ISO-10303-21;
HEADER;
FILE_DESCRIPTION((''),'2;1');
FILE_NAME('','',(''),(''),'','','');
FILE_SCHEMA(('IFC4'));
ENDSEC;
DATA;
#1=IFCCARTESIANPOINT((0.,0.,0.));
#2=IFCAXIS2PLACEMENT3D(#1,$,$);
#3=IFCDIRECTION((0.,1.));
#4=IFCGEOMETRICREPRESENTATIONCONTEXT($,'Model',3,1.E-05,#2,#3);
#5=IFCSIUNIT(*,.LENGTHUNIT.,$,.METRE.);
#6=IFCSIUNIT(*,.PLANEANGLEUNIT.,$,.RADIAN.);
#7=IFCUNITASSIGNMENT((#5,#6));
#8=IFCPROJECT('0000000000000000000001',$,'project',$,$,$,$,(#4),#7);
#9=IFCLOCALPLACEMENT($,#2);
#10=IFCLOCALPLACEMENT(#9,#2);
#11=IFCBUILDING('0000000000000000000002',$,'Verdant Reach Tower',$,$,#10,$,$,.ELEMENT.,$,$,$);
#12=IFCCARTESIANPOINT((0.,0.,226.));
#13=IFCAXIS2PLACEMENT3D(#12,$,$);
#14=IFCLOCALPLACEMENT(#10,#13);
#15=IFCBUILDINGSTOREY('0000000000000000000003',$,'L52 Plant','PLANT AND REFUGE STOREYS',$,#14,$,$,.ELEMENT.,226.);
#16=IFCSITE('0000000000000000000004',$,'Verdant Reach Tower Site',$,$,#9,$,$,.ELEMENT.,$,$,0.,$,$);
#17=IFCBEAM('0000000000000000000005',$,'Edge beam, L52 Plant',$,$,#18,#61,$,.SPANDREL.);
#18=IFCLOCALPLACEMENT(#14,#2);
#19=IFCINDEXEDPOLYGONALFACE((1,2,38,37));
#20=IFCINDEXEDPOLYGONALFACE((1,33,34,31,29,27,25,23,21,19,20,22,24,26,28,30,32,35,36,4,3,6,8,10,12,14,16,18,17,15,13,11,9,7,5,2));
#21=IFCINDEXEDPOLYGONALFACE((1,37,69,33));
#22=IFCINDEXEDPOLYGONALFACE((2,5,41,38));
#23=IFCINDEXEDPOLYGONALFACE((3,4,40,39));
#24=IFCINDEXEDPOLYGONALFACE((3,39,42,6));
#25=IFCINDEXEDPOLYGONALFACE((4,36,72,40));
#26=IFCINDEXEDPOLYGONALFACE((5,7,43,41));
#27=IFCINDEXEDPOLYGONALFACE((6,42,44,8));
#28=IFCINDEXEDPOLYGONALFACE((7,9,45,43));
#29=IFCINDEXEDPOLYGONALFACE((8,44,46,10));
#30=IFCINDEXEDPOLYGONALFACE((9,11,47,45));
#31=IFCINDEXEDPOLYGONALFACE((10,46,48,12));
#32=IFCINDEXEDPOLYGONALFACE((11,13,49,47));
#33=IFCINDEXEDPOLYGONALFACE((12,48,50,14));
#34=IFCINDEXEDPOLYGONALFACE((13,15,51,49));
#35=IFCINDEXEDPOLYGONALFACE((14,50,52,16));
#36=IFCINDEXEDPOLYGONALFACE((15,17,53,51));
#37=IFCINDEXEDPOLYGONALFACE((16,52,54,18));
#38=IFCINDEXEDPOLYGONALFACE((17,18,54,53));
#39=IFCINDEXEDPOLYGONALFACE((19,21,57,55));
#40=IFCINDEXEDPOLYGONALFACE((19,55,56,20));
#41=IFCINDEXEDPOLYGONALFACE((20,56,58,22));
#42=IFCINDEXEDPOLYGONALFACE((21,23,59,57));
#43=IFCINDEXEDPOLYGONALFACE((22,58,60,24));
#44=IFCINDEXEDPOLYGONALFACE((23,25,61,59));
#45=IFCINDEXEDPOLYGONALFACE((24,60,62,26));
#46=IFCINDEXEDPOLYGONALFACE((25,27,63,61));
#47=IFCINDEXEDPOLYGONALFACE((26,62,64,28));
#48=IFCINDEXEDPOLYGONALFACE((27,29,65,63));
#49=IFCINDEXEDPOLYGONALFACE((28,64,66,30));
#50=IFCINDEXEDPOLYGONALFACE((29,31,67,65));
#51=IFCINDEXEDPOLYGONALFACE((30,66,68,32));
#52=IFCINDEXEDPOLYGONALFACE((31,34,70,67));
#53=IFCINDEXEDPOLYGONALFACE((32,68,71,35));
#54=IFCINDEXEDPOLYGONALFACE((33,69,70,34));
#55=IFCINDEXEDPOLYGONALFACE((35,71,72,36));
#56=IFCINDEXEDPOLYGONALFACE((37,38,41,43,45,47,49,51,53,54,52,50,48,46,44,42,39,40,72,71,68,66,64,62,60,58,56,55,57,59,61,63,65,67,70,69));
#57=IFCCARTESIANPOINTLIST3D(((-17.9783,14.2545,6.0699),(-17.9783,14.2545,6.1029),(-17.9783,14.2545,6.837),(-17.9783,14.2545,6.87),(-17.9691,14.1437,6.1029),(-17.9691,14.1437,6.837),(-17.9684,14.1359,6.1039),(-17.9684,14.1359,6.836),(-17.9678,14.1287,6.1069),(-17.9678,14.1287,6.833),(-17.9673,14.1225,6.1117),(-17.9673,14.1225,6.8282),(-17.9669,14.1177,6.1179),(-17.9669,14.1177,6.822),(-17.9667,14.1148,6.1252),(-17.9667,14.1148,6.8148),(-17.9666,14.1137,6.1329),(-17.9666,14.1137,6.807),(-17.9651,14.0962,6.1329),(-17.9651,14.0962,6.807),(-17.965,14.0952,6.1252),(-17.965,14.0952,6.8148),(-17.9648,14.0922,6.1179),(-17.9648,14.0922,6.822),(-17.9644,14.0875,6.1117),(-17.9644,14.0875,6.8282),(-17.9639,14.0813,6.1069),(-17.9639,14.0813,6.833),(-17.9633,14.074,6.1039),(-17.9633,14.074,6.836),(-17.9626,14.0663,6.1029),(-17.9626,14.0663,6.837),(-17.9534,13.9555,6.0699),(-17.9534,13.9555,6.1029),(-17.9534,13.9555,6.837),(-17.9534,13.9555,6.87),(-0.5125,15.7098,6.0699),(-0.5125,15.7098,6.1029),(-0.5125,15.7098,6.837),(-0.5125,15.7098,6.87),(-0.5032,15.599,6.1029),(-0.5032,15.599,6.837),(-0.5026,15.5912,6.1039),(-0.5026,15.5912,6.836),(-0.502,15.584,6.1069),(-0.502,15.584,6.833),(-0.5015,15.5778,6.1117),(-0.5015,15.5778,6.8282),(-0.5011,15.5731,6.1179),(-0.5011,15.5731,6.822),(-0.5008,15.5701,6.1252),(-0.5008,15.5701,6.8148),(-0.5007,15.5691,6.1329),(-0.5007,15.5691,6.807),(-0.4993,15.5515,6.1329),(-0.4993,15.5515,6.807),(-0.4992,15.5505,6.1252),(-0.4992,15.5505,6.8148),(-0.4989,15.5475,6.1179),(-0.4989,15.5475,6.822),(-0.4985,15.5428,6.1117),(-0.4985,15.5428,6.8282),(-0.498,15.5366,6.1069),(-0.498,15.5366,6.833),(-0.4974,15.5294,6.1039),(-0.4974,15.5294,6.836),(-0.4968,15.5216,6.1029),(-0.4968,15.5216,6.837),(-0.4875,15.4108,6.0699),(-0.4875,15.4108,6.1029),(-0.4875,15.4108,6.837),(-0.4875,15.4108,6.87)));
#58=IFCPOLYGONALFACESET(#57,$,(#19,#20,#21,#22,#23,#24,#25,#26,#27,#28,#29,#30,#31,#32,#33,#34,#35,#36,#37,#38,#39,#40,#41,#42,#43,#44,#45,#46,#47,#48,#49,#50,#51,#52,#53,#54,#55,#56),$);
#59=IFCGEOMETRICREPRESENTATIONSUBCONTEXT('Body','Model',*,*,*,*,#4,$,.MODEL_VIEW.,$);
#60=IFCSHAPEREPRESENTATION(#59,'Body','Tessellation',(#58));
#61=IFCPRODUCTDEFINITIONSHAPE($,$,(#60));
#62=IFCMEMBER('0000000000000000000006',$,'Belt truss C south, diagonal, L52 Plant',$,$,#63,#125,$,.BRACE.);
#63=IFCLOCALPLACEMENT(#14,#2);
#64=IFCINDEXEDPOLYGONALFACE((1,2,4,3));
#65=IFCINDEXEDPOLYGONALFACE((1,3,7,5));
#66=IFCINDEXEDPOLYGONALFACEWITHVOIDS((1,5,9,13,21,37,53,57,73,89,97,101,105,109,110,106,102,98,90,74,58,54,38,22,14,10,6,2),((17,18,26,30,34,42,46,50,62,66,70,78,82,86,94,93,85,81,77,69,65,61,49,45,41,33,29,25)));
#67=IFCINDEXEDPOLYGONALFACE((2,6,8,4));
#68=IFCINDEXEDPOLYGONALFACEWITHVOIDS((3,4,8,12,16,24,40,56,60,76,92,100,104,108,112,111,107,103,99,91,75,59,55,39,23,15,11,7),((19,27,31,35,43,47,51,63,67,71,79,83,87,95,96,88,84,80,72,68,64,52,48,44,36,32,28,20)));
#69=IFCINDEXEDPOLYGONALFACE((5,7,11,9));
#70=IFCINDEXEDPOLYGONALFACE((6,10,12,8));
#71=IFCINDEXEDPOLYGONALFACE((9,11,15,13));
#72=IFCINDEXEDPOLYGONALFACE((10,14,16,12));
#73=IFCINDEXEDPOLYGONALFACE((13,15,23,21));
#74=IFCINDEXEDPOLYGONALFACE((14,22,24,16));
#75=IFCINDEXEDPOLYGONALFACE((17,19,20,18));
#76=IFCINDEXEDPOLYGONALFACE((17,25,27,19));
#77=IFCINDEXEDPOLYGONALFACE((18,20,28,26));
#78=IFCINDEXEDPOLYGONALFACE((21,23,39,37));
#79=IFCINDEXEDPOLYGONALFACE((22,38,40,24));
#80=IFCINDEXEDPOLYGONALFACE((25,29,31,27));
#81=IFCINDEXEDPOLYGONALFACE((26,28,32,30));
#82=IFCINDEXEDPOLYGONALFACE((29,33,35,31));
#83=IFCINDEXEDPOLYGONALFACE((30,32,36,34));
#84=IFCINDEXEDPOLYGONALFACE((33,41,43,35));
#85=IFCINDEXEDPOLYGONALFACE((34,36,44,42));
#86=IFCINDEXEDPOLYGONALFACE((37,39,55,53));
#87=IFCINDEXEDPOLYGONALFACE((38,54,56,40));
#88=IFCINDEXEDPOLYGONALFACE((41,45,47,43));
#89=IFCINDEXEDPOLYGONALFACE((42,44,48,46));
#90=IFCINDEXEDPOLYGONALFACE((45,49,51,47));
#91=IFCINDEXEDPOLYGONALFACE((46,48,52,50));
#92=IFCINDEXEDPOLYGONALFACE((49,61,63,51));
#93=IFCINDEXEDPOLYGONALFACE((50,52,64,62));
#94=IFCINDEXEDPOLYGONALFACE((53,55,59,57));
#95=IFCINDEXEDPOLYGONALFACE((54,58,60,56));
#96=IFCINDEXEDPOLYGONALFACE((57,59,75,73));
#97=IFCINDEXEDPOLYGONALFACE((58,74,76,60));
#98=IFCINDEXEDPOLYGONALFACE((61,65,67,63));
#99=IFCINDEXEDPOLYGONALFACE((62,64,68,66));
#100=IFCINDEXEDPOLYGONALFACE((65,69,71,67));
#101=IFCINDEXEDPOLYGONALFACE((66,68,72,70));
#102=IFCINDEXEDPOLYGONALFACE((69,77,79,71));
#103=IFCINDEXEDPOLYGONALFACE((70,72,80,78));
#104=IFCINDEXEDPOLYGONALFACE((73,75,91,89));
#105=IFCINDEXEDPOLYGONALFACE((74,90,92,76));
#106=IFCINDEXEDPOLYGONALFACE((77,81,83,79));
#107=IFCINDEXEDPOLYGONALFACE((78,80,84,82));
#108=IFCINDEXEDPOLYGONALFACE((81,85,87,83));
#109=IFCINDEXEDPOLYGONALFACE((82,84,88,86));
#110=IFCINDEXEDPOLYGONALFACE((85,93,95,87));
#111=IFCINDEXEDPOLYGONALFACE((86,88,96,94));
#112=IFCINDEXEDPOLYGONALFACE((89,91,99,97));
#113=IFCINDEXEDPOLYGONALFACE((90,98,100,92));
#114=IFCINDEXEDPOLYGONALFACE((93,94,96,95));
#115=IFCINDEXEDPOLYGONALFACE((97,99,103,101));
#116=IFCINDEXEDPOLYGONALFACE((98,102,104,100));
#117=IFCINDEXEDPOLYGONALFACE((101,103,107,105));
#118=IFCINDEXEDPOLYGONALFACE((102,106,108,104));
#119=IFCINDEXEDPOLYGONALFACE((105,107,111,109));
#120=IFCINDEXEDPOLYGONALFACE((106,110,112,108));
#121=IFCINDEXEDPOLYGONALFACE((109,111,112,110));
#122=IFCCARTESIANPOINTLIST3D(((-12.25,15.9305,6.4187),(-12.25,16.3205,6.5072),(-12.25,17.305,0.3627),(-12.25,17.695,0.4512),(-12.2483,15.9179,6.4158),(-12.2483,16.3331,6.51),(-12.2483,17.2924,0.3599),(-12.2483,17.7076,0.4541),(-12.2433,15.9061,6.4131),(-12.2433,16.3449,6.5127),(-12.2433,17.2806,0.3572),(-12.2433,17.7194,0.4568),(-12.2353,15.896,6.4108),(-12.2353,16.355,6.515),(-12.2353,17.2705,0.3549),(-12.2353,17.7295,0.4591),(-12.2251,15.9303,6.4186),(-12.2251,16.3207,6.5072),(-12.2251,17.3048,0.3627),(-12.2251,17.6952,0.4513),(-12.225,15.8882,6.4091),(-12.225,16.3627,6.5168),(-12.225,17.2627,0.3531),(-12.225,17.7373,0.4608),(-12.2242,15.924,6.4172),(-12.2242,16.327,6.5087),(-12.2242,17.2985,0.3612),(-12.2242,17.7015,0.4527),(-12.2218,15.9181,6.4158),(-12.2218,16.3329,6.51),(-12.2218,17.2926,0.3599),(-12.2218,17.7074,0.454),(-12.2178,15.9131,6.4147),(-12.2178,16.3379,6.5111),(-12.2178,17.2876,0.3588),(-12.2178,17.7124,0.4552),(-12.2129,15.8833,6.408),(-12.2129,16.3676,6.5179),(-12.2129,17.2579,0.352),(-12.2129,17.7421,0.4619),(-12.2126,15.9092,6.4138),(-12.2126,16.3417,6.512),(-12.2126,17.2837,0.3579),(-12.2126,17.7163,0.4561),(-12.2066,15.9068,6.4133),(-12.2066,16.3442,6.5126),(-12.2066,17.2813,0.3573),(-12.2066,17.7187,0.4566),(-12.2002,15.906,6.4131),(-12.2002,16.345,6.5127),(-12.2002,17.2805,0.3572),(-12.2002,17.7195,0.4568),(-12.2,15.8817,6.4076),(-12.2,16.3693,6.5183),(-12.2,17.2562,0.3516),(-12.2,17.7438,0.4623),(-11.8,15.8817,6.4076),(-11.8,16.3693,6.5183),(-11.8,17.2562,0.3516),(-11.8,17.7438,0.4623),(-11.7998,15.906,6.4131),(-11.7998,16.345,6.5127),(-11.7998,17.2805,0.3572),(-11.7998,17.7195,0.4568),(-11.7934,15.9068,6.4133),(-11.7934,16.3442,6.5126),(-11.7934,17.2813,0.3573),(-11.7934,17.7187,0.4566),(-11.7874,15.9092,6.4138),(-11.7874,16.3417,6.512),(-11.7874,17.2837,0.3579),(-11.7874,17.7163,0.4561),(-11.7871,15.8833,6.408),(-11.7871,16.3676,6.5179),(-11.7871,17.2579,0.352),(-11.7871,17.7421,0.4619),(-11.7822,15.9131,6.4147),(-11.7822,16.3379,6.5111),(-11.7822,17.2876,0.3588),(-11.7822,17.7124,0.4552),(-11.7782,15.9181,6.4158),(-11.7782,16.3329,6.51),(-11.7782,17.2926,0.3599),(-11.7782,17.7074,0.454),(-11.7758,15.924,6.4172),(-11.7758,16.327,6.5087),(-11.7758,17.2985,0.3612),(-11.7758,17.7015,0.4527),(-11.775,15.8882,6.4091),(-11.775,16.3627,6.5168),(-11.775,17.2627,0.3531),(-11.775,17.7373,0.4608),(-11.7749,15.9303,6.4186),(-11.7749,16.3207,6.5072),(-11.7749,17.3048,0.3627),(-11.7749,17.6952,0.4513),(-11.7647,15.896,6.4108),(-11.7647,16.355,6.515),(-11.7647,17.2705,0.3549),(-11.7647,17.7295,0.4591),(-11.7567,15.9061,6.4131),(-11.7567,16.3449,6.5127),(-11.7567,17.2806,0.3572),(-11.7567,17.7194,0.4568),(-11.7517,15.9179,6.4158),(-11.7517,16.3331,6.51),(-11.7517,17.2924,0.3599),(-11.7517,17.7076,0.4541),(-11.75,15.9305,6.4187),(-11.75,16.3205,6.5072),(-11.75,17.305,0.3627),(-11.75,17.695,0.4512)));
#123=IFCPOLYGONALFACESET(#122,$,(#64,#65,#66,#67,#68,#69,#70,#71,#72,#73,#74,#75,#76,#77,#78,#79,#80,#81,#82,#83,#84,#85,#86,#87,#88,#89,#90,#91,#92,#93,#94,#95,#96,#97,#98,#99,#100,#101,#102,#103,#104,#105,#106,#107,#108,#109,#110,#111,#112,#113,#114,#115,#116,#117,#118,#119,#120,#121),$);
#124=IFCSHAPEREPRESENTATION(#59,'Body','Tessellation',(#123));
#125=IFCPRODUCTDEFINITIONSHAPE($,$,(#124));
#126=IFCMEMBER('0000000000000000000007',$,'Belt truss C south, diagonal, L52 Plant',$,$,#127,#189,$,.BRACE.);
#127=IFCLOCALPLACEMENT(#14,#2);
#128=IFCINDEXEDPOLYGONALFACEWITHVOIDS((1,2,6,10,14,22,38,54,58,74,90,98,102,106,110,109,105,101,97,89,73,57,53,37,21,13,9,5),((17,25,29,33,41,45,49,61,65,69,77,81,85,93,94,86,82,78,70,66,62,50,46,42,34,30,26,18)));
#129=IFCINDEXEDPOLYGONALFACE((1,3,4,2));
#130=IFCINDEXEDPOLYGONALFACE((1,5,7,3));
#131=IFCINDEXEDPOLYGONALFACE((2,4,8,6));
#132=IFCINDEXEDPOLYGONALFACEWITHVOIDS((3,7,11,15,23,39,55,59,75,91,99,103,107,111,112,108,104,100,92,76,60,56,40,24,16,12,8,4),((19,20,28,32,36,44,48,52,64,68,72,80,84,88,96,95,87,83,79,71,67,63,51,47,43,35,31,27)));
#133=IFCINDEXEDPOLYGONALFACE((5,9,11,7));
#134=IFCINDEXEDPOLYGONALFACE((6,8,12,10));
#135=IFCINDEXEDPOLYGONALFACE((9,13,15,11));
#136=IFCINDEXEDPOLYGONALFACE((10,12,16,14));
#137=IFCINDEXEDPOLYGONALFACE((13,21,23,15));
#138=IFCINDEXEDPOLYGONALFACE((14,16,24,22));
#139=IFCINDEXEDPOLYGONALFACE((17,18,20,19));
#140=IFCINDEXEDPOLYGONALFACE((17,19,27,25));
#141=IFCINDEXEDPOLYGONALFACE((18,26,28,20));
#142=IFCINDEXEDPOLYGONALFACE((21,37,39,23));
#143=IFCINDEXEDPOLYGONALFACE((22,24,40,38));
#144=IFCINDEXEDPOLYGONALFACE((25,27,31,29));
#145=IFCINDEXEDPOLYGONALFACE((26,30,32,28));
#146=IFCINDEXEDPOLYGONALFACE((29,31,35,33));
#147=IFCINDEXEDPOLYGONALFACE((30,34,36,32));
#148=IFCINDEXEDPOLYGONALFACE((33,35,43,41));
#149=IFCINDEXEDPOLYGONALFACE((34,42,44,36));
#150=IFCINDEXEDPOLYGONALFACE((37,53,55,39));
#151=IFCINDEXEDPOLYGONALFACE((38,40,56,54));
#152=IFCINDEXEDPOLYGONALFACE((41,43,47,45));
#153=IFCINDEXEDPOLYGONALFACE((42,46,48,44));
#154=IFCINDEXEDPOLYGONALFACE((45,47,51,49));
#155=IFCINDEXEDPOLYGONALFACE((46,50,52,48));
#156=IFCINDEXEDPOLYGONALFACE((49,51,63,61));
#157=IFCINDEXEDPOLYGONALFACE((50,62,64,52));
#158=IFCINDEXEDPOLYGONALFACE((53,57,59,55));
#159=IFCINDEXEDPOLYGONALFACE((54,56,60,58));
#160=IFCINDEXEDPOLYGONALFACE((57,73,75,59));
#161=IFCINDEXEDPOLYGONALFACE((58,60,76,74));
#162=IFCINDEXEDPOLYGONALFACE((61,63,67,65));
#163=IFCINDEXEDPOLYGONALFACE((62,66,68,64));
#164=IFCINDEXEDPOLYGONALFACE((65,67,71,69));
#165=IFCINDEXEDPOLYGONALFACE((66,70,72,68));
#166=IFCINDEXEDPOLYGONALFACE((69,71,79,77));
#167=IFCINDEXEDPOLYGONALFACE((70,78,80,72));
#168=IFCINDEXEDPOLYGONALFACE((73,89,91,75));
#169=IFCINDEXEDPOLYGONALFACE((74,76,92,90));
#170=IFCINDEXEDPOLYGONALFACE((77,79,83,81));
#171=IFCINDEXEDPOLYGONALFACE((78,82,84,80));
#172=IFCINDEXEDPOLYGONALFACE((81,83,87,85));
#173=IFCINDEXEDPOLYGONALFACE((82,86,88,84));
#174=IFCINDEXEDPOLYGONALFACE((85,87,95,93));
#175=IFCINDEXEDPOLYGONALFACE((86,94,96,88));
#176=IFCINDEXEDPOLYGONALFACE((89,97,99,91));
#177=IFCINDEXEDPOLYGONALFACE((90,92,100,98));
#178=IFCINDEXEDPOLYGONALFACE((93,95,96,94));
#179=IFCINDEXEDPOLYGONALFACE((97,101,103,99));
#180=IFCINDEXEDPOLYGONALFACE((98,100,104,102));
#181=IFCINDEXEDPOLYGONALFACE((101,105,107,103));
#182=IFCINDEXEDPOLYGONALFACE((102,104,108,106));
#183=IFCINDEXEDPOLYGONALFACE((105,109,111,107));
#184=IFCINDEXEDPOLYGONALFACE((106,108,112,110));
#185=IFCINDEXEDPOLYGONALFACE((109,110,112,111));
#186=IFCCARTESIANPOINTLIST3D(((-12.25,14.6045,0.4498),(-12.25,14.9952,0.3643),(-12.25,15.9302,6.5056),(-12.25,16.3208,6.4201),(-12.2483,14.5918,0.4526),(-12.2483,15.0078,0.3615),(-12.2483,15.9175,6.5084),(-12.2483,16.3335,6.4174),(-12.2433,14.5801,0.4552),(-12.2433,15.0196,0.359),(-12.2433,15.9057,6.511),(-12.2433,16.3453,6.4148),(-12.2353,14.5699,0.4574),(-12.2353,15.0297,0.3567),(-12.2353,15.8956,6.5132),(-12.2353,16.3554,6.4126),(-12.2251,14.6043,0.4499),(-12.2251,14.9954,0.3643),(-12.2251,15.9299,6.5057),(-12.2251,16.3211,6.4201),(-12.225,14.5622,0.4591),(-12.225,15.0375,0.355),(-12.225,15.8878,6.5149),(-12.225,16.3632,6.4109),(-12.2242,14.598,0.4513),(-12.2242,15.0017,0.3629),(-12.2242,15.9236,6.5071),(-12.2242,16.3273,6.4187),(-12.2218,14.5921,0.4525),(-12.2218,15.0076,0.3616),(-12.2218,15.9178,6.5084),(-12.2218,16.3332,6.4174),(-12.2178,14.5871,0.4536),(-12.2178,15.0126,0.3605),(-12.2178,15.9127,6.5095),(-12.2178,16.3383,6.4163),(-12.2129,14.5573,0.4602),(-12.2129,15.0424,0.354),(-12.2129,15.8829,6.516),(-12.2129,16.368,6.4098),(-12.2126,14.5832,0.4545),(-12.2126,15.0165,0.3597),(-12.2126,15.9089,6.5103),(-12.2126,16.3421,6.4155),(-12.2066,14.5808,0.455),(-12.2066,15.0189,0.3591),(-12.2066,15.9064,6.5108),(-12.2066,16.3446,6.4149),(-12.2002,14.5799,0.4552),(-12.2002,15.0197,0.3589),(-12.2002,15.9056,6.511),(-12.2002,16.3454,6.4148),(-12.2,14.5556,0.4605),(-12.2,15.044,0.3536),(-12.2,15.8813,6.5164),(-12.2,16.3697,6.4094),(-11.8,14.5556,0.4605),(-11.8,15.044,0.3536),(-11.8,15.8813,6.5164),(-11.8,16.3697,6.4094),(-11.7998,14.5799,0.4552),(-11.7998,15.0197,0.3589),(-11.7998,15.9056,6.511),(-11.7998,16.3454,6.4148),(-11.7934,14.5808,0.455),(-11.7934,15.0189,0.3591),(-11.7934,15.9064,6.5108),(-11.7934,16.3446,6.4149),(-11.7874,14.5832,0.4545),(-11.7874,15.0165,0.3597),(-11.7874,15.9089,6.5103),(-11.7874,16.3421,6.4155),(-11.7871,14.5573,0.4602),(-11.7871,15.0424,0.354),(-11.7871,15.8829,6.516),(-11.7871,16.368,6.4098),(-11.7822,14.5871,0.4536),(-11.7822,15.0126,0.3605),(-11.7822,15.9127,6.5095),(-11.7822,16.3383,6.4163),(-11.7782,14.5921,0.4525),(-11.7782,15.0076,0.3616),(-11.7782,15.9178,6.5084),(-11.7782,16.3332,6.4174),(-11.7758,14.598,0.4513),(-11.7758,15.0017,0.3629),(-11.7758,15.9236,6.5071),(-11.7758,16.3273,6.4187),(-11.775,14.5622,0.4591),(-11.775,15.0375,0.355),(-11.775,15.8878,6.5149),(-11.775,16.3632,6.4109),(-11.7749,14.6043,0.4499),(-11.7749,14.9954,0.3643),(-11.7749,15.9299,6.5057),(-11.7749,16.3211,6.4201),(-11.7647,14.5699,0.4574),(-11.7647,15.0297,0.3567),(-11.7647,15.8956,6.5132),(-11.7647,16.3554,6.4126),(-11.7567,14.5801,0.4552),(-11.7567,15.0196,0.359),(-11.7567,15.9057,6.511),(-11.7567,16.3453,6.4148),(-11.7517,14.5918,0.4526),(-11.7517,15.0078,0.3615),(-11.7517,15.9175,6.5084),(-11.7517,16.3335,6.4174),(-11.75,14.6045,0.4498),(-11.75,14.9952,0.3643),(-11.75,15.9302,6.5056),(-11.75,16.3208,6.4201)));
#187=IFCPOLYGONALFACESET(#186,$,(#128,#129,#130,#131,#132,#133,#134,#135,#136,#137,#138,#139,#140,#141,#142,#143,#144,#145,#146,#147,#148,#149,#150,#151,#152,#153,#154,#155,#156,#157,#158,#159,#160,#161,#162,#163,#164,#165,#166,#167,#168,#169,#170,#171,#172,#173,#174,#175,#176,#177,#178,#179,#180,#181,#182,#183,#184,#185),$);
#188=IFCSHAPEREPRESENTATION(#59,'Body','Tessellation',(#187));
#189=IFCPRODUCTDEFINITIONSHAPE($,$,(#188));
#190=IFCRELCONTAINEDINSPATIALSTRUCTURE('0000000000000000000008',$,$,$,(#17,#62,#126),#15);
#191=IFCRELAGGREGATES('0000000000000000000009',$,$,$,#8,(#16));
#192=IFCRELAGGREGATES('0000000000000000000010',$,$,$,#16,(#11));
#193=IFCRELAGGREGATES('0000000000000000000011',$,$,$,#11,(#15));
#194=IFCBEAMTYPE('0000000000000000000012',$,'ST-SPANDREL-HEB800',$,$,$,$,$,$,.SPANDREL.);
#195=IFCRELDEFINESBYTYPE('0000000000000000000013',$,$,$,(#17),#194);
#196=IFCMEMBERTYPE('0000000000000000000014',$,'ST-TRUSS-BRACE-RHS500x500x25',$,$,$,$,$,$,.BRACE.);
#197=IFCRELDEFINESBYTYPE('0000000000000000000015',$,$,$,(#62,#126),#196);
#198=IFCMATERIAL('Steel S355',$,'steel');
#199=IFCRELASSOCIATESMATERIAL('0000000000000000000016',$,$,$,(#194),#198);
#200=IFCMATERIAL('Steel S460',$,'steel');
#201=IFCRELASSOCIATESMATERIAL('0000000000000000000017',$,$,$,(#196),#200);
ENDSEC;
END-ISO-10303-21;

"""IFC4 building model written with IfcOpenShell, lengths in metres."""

from ifc_helpers import new_model, si_unit, direction, frame, origin, origin_2d, place, context, subcontext, project, spatial, hollow_rectangle, i_section, extrude, material, material_profile, profile_set, type_object, element, save


model = new_model("IFC4")

# Units and contexts
model_context = context("Model", 3, precision=1e-05, world=origin(), true_north=direction((0.0, 1.0)))
body_context = subcontext(model_context, "Body", "Model", "MODEL_VIEW")
ifc_project = project(units=[si_unit("LENGTHUNIT", "METRE"), si_unit("PLANEANGLEUNIT", "RADIAN")], contexts=[model_context])

# Site, building, storey
site_placement = place(None, origin())
site = spatial("IfcSite", under=ifc_project, at=site_placement, Name="Verdant Reach Tower Site", CompositionType="ELEMENT", RefElevation=0.0)
building_placement = place(site_placement, origin())
building = spatial("IfcBuilding", under=site, at=building_placement, Name="Verdant Reach Tower", CompositionType="ELEMENT")
storey_placement = place(building_placement, frame((0.0, 0.0, 226.0)))
storey = spatial("IfcBuildingStorey", under=building, at=storey_placement, Name="L52 Plant", Description="PLANT AND REFUGE STOREYS", CompositionType="ELEMENT", Elevation=226.0)

# Shared definitions
ifc_material_1 = material(Name="Steel S460", Category="steel")

# Beam
ifc_material_2 = material(Name="Steel S355", Category="steel")
ifc_material_profile_1 = material_profile(ifc_material_2, i_section(OverallWidth=0.3, OverallDepth=0.8, WebThickness=0.0176, FlangeThickness=0.033, FilletRadius=0.03, at=origin_2d()), Name="HEB 800")
ifc_profile_set_1 = profile_set([ifc_material_profile_1], Name="Steel S355")
beam_type_1 = type_object("IfcBeamType", Name="ST-SPANDREL-HEB800", PredefinedType="SPANDREL", material=ifc_profile_set_1)
beam_1_placement = place(storey_placement, frame((-0.5, 15.5603, 6.47), z_axis=(-0.996547, -0.083036, 0.0), x_axis=(0.083036, -0.996547, 0.0)))
element("IfcBeam", 1, at=beam_1_placement, inside=storey, type_object=beam_type_1, Name="Edge beam, L52 Plant", PredefinedType="SPANDREL", context=body_context, shape_type="SweptSolid", body=[
    extrude(i_section(OverallWidth=0.3, OverallDepth=0.8, WebThickness=0.0176, FlangeThickness=0.033, FilletRadius=0.03, at=origin_2d()), origin(), (0.0, 0.0, 1.0), 17.5264),
])

# Members
ifc_material_profile_2 = material_profile(ifc_material_1, hollow_rectangle(XDim=0.5, YDim=0.5, WallThickness=0.0249, InnerFilletRadius=0.0249, OuterFilletRadius=0.05, at=origin_2d()), Name="RHS 500x500x25")
ifc_profile_set_2 = profile_set([ifc_material_profile_2], Name="Steel S460")
member_type_1 = type_object("IfcMemberType", Name="ST-TRUSS-BRACE-RHS500x500x25", PredefinedType="BRACE", material=ifc_profile_set_2)
member_1_placement = place(storey_placement, frame((-12.0, 17.5, 0.407), z_axis=(0.0, -0.221341, 0.975197), x_axis=(1.0, 0.0, 0.0)))
element("IfcMember", 2, at=member_1_placement, inside=storey, type_object=member_type_1, Name="Belt truss C south, diagonal, L52 Plant", PredefinedType="BRACE", context=body_context, shape_type="SweptSolid", body=[
    extrude(hollow_rectangle(XDim=0.5, YDim=0.5, WallThickness=0.0249, InnerFilletRadius=0.0249, OuterFilletRadius=0.05, at=origin_2d()), origin(), (0.0, 0.0, 1.0), 6.21),
])
member_2_placement = place(storey_placement, frame((-12.0, 16.1255, 6.4629), z_axis=(0.0, -0.213844, -0.976868), x_axis=(1.0, 0.0, 0.0)))
element("IfcMember", 3, at=member_2_placement, inside=storey, type_object=member_type_1, Name="Belt truss C south, diagonal, L52 Plant", PredefinedType="BRACE", context=body_context, shape_type="SweptSolid", body=[
    extrude(hollow_rectangle(XDim=0.5, YDim=0.5, WallThickness=0.0249, InnerFilletRadius=0.0249, OuterFilletRadius=0.05, at=origin_2d()), origin(), (0.0, 0.0, 1.0), 6.1992),
])

save(model, "model.ifc")
